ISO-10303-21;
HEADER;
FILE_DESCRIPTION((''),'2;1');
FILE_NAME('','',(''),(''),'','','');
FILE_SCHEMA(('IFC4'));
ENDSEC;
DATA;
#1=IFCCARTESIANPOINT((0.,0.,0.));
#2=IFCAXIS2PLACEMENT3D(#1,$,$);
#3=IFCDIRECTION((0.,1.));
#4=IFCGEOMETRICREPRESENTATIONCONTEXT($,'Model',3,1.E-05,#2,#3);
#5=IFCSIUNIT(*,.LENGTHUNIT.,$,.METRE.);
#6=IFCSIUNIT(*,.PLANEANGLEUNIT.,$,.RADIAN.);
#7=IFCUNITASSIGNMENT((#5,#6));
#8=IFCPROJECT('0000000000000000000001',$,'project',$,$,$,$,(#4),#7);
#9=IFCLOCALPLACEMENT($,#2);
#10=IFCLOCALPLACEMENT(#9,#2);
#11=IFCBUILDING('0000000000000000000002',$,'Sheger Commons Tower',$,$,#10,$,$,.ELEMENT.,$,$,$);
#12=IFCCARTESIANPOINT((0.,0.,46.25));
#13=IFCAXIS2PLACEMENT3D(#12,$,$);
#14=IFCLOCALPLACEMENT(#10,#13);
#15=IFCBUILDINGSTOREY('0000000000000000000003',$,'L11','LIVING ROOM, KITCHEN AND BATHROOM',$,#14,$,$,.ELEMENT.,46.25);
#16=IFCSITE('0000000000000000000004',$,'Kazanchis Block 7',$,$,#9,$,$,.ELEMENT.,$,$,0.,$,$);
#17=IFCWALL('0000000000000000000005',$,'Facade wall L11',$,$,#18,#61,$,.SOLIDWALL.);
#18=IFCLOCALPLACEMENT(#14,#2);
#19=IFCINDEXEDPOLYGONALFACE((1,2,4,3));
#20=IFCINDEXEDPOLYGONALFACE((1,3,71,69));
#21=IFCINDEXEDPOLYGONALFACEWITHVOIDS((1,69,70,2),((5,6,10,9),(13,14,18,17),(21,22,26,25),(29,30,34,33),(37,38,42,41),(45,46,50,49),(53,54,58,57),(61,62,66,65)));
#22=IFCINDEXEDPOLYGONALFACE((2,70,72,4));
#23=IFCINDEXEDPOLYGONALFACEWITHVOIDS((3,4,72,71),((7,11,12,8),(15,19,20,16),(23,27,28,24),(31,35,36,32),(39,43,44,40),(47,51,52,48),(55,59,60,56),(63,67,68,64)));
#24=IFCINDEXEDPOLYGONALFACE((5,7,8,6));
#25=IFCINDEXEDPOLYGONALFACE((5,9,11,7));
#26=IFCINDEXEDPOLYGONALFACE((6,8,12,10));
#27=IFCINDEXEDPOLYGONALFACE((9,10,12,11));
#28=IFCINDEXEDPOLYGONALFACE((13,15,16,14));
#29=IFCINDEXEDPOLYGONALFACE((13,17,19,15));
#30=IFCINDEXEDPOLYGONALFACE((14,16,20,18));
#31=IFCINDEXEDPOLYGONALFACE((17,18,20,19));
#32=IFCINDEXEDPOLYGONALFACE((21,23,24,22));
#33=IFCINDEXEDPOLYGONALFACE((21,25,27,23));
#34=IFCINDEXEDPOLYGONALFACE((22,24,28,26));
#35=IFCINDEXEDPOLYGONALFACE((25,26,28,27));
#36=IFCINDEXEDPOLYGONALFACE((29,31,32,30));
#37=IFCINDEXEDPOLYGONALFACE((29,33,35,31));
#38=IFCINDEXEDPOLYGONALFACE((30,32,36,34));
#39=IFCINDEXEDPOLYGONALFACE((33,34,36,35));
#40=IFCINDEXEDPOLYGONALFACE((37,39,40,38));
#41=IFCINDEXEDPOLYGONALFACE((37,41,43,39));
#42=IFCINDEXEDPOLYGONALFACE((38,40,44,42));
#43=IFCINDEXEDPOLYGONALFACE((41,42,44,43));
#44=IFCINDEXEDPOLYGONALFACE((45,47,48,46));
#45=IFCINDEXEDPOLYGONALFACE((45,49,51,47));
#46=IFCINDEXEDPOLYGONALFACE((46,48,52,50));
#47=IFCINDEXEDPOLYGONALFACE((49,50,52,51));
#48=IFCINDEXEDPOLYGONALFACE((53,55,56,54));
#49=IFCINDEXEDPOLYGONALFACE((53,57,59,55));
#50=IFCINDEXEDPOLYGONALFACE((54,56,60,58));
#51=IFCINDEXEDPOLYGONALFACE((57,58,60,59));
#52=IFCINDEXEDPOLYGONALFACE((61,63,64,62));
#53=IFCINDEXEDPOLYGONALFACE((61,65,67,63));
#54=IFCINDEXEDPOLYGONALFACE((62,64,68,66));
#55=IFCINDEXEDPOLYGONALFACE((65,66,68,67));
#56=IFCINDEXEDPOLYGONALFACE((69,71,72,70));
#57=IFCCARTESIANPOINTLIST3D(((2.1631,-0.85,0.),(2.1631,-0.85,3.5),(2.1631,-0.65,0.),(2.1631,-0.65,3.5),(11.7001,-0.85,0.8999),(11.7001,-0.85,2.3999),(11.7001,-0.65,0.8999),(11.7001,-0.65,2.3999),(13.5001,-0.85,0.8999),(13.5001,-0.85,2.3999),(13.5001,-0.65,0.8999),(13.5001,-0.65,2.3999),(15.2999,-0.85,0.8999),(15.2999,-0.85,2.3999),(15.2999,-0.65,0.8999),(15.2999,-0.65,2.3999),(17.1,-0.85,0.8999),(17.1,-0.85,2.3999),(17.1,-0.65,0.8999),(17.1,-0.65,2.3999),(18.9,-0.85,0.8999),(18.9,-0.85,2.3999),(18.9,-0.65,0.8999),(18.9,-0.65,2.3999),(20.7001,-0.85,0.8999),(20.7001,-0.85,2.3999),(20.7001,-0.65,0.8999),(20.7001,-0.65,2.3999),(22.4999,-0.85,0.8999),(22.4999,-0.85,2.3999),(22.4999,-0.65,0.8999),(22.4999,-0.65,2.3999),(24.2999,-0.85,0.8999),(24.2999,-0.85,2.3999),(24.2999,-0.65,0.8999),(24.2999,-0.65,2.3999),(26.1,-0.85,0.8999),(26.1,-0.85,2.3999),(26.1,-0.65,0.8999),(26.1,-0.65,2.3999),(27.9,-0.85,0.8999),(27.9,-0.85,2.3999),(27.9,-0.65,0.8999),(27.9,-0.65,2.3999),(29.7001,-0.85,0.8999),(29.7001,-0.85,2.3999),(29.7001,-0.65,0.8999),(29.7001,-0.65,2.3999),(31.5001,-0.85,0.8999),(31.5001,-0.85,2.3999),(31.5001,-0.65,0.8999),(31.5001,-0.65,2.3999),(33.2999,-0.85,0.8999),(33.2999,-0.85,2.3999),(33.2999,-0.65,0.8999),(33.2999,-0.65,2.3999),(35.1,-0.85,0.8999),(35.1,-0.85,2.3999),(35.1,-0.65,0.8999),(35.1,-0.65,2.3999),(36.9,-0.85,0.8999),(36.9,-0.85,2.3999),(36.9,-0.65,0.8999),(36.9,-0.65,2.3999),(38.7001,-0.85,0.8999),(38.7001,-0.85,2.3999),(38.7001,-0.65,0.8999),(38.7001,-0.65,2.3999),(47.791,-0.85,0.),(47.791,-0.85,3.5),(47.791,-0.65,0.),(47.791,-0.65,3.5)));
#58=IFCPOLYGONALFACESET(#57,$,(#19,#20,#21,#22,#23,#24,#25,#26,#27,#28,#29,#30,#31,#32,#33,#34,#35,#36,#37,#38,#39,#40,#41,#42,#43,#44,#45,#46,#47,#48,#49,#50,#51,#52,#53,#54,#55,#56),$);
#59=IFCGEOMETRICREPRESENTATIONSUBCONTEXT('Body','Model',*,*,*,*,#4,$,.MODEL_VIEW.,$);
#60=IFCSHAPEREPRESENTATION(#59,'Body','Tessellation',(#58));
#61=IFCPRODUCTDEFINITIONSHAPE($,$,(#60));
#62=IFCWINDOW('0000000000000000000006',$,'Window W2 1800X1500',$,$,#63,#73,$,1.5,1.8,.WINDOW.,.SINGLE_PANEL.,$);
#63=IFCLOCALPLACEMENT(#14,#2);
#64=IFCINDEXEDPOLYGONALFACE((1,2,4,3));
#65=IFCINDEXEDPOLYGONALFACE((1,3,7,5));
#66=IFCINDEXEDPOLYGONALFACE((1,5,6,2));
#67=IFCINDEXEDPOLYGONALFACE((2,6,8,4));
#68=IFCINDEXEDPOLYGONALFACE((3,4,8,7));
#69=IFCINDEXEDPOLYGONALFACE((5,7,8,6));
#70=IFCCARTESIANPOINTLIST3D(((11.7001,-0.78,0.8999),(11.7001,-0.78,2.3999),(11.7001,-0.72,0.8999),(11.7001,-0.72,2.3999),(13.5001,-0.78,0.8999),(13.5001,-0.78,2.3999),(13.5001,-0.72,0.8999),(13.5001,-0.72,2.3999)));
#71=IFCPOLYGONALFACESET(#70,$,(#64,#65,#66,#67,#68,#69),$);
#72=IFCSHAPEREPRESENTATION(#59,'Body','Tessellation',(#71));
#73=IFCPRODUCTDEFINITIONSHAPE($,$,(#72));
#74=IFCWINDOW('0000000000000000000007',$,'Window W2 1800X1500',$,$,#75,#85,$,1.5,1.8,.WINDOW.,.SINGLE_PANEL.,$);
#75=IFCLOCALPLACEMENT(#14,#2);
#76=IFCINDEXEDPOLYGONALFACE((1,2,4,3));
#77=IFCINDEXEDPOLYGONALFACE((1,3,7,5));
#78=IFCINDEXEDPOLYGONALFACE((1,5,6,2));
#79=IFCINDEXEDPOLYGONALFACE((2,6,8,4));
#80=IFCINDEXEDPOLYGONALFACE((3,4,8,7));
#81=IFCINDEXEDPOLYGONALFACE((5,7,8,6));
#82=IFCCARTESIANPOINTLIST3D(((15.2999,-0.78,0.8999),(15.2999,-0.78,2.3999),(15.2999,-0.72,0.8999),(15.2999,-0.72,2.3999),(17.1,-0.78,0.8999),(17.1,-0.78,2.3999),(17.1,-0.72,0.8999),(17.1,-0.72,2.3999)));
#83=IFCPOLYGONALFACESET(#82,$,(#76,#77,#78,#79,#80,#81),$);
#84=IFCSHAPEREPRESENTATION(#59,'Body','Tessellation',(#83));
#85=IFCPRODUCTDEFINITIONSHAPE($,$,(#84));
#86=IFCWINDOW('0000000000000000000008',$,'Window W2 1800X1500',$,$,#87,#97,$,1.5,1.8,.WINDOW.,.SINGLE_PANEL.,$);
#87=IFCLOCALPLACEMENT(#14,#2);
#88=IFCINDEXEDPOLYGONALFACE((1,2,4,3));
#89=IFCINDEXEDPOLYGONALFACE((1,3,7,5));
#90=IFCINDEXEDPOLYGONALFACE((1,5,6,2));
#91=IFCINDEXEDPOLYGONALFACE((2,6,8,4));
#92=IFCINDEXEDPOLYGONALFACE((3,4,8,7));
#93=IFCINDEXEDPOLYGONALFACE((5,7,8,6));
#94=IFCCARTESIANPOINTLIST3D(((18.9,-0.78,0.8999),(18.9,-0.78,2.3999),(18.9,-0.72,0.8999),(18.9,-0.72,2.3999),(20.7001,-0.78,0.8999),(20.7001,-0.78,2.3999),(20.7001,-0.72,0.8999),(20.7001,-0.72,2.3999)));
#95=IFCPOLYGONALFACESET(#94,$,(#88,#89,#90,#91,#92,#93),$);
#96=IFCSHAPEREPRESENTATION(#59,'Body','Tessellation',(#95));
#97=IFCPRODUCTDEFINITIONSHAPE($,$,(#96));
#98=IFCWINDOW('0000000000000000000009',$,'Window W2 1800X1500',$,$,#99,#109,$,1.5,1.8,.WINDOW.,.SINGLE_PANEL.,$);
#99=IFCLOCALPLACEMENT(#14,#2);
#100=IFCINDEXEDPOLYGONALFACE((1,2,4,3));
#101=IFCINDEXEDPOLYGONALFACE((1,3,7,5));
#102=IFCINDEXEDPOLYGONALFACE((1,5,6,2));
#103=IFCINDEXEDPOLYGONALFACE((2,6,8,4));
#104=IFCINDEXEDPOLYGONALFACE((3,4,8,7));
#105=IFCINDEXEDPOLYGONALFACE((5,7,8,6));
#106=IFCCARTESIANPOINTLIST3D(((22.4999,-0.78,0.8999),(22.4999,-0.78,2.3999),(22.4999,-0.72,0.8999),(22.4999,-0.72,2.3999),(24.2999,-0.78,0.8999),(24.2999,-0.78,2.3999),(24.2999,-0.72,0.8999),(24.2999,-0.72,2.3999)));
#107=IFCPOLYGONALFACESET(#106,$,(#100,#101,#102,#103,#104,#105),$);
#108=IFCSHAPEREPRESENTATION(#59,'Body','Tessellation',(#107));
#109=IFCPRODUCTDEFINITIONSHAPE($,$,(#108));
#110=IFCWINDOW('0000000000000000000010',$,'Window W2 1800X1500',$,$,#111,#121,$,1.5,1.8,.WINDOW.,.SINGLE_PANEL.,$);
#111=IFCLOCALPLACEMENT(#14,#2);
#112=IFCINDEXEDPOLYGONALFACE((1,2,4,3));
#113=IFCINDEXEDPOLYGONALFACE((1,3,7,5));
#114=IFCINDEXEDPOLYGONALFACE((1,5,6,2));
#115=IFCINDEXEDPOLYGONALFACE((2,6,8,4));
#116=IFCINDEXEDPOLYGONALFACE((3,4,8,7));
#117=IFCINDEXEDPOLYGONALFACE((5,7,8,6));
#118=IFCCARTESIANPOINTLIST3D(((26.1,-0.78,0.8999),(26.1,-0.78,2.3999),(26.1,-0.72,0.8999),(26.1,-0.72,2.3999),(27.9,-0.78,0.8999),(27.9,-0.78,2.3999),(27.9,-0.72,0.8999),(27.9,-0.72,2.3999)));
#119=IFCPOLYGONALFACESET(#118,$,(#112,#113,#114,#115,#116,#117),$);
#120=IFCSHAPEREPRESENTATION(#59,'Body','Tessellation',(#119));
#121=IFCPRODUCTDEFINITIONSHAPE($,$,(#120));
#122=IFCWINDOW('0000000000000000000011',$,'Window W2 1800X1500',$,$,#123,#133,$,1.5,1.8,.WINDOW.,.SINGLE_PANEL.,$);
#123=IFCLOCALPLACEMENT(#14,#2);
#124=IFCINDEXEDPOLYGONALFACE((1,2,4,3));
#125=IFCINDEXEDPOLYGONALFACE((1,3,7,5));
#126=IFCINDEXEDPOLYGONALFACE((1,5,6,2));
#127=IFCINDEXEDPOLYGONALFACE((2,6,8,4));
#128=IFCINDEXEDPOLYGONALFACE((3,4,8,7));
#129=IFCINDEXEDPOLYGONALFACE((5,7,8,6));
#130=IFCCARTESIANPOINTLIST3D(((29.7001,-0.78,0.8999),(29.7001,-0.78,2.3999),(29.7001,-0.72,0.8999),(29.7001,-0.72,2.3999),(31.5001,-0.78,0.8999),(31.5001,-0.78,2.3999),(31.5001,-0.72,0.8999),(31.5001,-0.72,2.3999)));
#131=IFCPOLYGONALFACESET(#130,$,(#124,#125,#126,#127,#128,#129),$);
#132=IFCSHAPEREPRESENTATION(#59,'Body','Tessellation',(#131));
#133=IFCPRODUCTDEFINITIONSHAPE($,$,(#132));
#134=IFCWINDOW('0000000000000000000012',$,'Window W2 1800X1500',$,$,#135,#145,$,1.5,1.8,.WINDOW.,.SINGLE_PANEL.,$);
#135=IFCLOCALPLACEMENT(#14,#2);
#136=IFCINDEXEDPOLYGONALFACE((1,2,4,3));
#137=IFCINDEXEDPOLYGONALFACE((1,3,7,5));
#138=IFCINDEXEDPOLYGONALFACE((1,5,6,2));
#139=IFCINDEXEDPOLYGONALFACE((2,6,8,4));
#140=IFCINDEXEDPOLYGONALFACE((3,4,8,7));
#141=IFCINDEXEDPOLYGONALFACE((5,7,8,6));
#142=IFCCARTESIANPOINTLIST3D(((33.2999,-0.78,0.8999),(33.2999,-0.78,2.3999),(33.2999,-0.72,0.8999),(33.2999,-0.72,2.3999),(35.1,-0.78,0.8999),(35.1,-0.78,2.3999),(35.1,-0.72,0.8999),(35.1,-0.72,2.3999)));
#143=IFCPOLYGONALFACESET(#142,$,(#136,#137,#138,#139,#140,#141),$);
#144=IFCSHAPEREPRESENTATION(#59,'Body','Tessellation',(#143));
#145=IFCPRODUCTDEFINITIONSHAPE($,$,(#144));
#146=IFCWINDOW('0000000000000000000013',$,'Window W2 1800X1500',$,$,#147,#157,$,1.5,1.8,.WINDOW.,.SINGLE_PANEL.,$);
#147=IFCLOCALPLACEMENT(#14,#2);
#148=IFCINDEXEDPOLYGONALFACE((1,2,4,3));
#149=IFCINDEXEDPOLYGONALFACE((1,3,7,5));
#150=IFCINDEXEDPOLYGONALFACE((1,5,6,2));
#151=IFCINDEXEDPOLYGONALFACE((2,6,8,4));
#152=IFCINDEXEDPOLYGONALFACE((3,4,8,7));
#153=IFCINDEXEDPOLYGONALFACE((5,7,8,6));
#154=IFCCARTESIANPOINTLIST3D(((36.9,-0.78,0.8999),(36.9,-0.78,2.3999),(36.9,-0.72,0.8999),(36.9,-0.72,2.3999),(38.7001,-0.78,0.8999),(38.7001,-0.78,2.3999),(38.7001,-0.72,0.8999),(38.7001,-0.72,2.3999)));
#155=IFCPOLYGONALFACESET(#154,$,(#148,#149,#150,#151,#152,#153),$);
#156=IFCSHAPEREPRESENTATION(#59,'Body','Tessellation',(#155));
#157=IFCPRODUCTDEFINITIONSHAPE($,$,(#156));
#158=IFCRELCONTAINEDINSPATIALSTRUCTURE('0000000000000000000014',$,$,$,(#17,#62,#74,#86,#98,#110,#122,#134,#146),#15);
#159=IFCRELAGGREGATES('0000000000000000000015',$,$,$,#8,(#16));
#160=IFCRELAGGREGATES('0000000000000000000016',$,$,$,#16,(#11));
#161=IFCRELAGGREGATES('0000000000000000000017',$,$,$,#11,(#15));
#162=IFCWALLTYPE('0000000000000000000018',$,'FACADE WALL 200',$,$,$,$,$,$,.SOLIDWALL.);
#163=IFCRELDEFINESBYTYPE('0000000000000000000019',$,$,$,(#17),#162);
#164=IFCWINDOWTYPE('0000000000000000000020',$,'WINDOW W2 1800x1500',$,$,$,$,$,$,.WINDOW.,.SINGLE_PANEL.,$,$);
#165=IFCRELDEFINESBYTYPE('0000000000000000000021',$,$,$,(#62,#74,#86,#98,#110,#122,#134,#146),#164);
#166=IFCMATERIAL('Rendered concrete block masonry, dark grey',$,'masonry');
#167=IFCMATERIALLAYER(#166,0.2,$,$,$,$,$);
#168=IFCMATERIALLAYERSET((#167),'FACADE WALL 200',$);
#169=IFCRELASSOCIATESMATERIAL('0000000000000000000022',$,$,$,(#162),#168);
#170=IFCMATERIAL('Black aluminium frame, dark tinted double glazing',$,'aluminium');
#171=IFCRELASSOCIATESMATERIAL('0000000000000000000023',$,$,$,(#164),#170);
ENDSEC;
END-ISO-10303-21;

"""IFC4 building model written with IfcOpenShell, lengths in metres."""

from ifc_helpers import new_model, si_unit, direction, frame, frame_2d, origin, place, context, subcontext, project, spatial, rectangle, extrude, material, layer, layer_set, type_object, element, fill, save


model = new_model("IFC4")

# Units and contexts
model_context = context("Model", 3, precision=1e-05, world=origin(), true_north=direction((0.0, 1.0)))
body_context = subcontext(model_context, "Body", "Model", "MODEL_VIEW")
ifc_project = project(units=[si_unit("LENGTHUNIT", "METRE"), si_unit("PLANEANGLEUNIT", "RADIAN")], contexts=[model_context])

# Site, building, storey
site_placement = place(None, origin())
site = spatial("IfcSite", under=ifc_project, at=site_placement, Name="Kazanchis Block 7", CompositionType="ELEMENT", RefElevation=0.0)
building_placement = place(site_placement, origin())
building = spatial("IfcBuilding", under=site, at=building_placement, Name="Sheger Commons Tower", CompositionType="ELEMENT")
storey_placement = place(building_placement, frame((0.0, 0.0, 46.25)))
storey = spatial("IfcBuildingStorey", under=building, at=storey_placement, Name="L11", Description="LIVING ROOM, KITCHEN AND BATHROOM", CompositionType="ELEMENT", Elevation=46.25)

# Wall, openings, windows
ifc_material_1 = material(Name="Rendered concrete block masonry, dark grey", Category="masonry")
ifc_layer_1 = layer(ifc_material_1, 0.2)
ifc_layer_set_1 = layer_set([ifc_layer_1], Name="FACADE WALL 200")
wall_type_1 = type_object("IfcWallType", Name="FACADE WALL 200", PredefinedType="SOLIDWALL", material=ifc_layer_set_1)
wall_1_placement = place(storey_placement, frame((2.1631, -0.75, 0.0), z_axis=(0.0, 0.0, 1.0), x_axis=(1.0, 0.0, 0.0)))
wall_1 = element("IfcWall", 1, at=wall_1_placement, inside=storey, type_object=wall_type_1, Name="Facade wall L11", PredefinedType="SOLIDWALL", context=body_context, shape_type="SweptSolid", body=[
    extrude(rectangle(XDim=45.6279, YDim=0.2, at=frame_2d((22.814, 0.0))), origin(), (0.0, 0.0, 1.0), 3.5),
])
opening_1_placement = place(wall_1_placement, frame((9.5371, 0.0, 0.8999)))
opening_1 = element("IfcOpeningElement", 2, at=opening_1_placement, cuts=wall_1, PredefinedType="OPENING", context=body_context, shape_type="SweptSolid", body=[
    extrude(rectangle(XDim=1.8, YDim=1.5, at=frame_2d((0.8999, 0.75))), frame((0.0, 0.1099, 0.0), z_axis=(0.0, -1.0, 0.0), x_axis=(1.0, 0.0, 0.0)), (0.0, 0.0, 1.0), 0.22),
])
opening_2_placement = place(wall_1_placement, frame((13.137, 0.0, 0.8999)))
opening_2 = element("IfcOpeningElement", 3, at=opening_2_placement, cuts=wall_1, PredefinedType="OPENING", context=body_context, shape_type="SweptSolid", body=[
    extrude(rectangle(XDim=1.8, YDim=1.5, at=frame_2d((0.8999, 0.75))), frame((0.0, 0.1099, 0.0), z_axis=(0.0, -1.0, 0.0), x_axis=(1.0, 0.0, 0.0)), (0.0, 0.0, 1.0), 0.22),
])
opening_3_placement = place(wall_1_placement, frame((16.7371, 0.0, 0.8999)))
opening_3 = element("IfcOpeningElement", 4, at=opening_3_placement, cuts=wall_1, PredefinedType="OPENING", context=body_context, shape_type="SweptSolid", body=[
    extrude(rectangle(XDim=1.8, YDim=1.5, at=frame_2d((0.8999, 0.75))), frame((0.0, 0.1099, 0.0), z_axis=(0.0, -1.0, 0.0), x_axis=(1.0, 0.0, 0.0)), (0.0, 0.0, 1.0), 0.22),
])
opening_4_placement = place(wall_1_placement, frame((20.3369, 0.0, 0.8999)))
opening_4 = element("IfcOpeningElement", 5, at=opening_4_placement, cuts=wall_1, PredefinedType="OPENING", context=body_context, shape_type="SweptSolid", body=[
    extrude(rectangle(XDim=1.8, YDim=1.5, at=frame_2d((0.8999, 0.75))), frame((0.0, 0.1099, 0.0), z_axis=(0.0, -1.0, 0.0), x_axis=(1.0, 0.0, 0.0)), (0.0, 0.0, 1.0), 0.22),
])
opening_5_placement = place(wall_1_placement, frame((23.937, 0.0, 0.8999)))
opening_5 = element("IfcOpeningElement", 6, at=opening_5_placement, cuts=wall_1, PredefinedType="OPENING", context=body_context, shape_type="SweptSolid", body=[
    extrude(rectangle(XDim=1.8, YDim=1.5, at=frame_2d((0.8999, 0.75))), frame((0.0, 0.1099, 0.0), z_axis=(0.0, -1.0, 0.0), x_axis=(1.0, 0.0, 0.0)), (0.0, 0.0, 1.0), 0.22),
])
opening_6_placement = place(wall_1_placement, frame((27.5371, 0.0, 0.8999)))
opening_6 = element("IfcOpeningElement", 7, at=opening_6_placement, cuts=wall_1, PredefinedType="OPENING", context=body_context, shape_type="SweptSolid", body=[
    extrude(rectangle(XDim=1.8, YDim=1.5, at=frame_2d((0.8999, 0.75))), frame((0.0, 0.1099, 0.0), z_axis=(0.0, -1.0, 0.0), x_axis=(1.0, 0.0, 0.0)), (0.0, 0.0, 1.0), 0.22),
])
opening_7_placement = place(wall_1_placement, frame((31.137, 0.0, 0.8999)))
opening_7 = element("IfcOpeningElement", 8, at=opening_7_placement, cuts=wall_1, PredefinedType="OPENING", context=body_context, shape_type="SweptSolid", body=[
    extrude(rectangle(XDim=1.8, YDim=1.5, at=frame_2d((0.8999, 0.75))), frame((0.0, 0.1099, 0.0), z_axis=(0.0, -1.0, 0.0), x_axis=(1.0, 0.0, 0.0)), (0.0, 0.0, 1.0), 0.22),
])
opening_8_placement = place(wall_1_placement, frame((34.7371, 0.0, 0.8999)))
opening_8 = element("IfcOpeningElement", 9, at=opening_8_placement, cuts=wall_1, PredefinedType="OPENING", context=body_context, shape_type="SweptSolid", body=[
    extrude(rectangle(XDim=1.8, YDim=1.5, at=frame_2d((0.8999, 0.75))), frame((0.0, 0.1099, 0.0), z_axis=(0.0, -1.0, 0.0), x_axis=(1.0, 0.0, 0.0)), (0.0, 0.0, 1.0), 0.22),
])
ifc_material_2 = material(Name="Black aluminium frame, dark tinted double glazing", Category="aluminium")
window_type = type_object("IfcWindowType", Name="WINDOW W2 1800x1500", PartitioningType="SINGLE_PANEL", PredefinedType="WINDOW", material=ifc_material_2)
window_1_placement = place(opening_1_placement, origin())
window_1 = element("IfcWindow", 10, at=window_1_placement, inside=storey, type_object=window_type, Name="Window W2 1800X1500", OverallHeight=1.5, OverallWidth=1.8, PartitioningType="SINGLE_PANEL", PredefinedType="WINDOW", context=body_context, shape_type="SweptSolid", body=[
    extrude(rectangle(XDim=1.8, YDim=1.5, at=frame_2d((0.8999, 0.75))), frame((0.0, 0.03, 0.0), z_axis=(0.0, -1.0, 0.0), x_axis=(1.0, 0.0, 0.0)), (0.0, 0.0, 1.0), 0.0601),
])
fill(opening_1, window_1)
window_2_placement = place(opening_2_placement, origin())
window_2 = element("IfcWindow", 11, at=window_2_placement, inside=storey, type_object=window_type, Name="Window W2 1800X1500", OverallHeight=1.5, OverallWidth=1.8, PartitioningType="SINGLE_PANEL", PredefinedType="WINDOW", context=body_context, shape_type="SweptSolid", body=[
    extrude(rectangle(XDim=1.8, YDim=1.5, at=frame_2d((0.8999, 0.75))), frame((0.0, 0.03, 0.0), z_axis=(0.0, -1.0, 0.0), x_axis=(1.0, 0.0, 0.0)), (0.0, 0.0, 1.0), 0.0601),
])
fill(opening_2, window_2)
window_3_placement = place(opening_3_placement, origin())
window_3 = element("IfcWindow", 12, at=window_3_placement, inside=storey, type_object=window_type, Name="Window W2 1800X1500", OverallHeight=1.5, OverallWidth=1.8, PartitioningType="SINGLE_PANEL", PredefinedType="WINDOW", context=body_context, shape_type="SweptSolid", body=[
    extrude(rectangle(XDim=1.8, YDim=1.5, at=frame_2d((0.8999, 0.75))), frame((0.0, 0.03, 0.0), z_axis=(0.0, -1.0, 0.0), x_axis=(1.0, 0.0, 0.0)), (0.0, 0.0, 1.0), 0.0601),
])
fill(opening_3, window_3)
window_4_placement = place(opening_4_placement, origin())
window_4 = element("IfcWindow", 13, at=window_4_placement, inside=storey, type_object=window_type, Name="Window W2 1800X1500", OverallHeight=1.5, OverallWidth=1.8, PartitioningType="SINGLE_PANEL", PredefinedType="WINDOW", context=body_context, shape_type="SweptSolid", body=[
    extrude(rectangle(XDim=1.8, YDim=1.5, at=frame_2d((0.8999, 0.75))), frame((0.0, 0.03, 0.0), z_axis=(0.0, -1.0, 0.0), x_axis=(1.0, 0.0, 0.0)), (0.0, 0.0, 1.0), 0.0601),
])
fill(opening_4, window_4)
window_5_placement = place(opening_5_placement, origin())
window_5 = element("IfcWindow", 14, at=window_5_placement, inside=storey, type_object=window_type, Name="Window W2 1800X1500", OverallHeight=1.5, OverallWidth=1.8, PartitioningType="SINGLE_PANEL", PredefinedType="WINDOW", context=body_context, shape_type="SweptSolid", body=[
    extrude(rectangle(XDim=1.8, YDim=1.5, at=frame_2d((0.8999, 0.75))), frame((0.0, 0.03, 0.0), z_axis=(0.0, -1.0, 0.0), x_axis=(1.0, 0.0, 0.0)), (0.0, 0.0, 1.0), 0.0601),
])
fill(opening_5, window_5)
window_6_placement = place(opening_6_placement, origin())
window_6 = element("IfcWindow", 15, at=window_6_placement, inside=storey, type_object=window_type, Name="Window W2 1800X1500", OverallHeight=1.5, OverallWidth=1.8, PartitioningType="SINGLE_PANEL", PredefinedType="WINDOW", context=body_context, shape_type="SweptSolid", body=[
    extrude(rectangle(XDim=1.8, YDim=1.5, at=frame_2d((0.8999, 0.75))), frame((0.0, 0.03, 0.0), z_axis=(0.0, -1.0, 0.0), x_axis=(1.0, 0.0, 0.0)), (0.0, 0.0, 1.0), 0.0601),
])
fill(opening_6, window_6)
window_7_placement = place(opening_7_placement, origin())
window_7 = element("IfcWindow", 16, at=window_7_placement, inside=storey, type_object=window_type, Name="Window W2 1800X1500", OverallHeight=1.5, OverallWidth=1.8, PartitioningType="SINGLE_PANEL", PredefinedType="WINDOW", context=body_context, shape_type="SweptSolid", body=[
    extrude(rectangle(XDim=1.8, YDim=1.5, at=frame_2d((0.8999, 0.75))), frame((0.0, 0.03, 0.0), z_axis=(0.0, -1.0, 0.0), x_axis=(1.0, 0.0, 0.0)), (0.0, 0.0, 1.0), 0.0601),
])
fill(opening_7, window_7)
window_8_placement = place(opening_8_placement, origin())
window_8 = element("IfcWindow", 17, at=window_8_placement, inside=storey, type_object=window_type, Name="Window W2 1800X1500", OverallHeight=1.5, OverallWidth=1.8, PartitioningType="SINGLE_PANEL", PredefinedType="WINDOW", context=body_context, shape_type="SweptSolid", body=[
    extrude(rectangle(XDim=1.8, YDim=1.5, at=frame_2d((0.8999, 0.75))), frame((0.0, 0.03, 0.0), z_axis=(0.0, -1.0, 0.0), x_axis=(1.0, 0.0, 0.0)), (0.0, 0.0, 1.0), 0.0601),
])
fill(opening_8, window_8)

save(model, "model.ifc")
